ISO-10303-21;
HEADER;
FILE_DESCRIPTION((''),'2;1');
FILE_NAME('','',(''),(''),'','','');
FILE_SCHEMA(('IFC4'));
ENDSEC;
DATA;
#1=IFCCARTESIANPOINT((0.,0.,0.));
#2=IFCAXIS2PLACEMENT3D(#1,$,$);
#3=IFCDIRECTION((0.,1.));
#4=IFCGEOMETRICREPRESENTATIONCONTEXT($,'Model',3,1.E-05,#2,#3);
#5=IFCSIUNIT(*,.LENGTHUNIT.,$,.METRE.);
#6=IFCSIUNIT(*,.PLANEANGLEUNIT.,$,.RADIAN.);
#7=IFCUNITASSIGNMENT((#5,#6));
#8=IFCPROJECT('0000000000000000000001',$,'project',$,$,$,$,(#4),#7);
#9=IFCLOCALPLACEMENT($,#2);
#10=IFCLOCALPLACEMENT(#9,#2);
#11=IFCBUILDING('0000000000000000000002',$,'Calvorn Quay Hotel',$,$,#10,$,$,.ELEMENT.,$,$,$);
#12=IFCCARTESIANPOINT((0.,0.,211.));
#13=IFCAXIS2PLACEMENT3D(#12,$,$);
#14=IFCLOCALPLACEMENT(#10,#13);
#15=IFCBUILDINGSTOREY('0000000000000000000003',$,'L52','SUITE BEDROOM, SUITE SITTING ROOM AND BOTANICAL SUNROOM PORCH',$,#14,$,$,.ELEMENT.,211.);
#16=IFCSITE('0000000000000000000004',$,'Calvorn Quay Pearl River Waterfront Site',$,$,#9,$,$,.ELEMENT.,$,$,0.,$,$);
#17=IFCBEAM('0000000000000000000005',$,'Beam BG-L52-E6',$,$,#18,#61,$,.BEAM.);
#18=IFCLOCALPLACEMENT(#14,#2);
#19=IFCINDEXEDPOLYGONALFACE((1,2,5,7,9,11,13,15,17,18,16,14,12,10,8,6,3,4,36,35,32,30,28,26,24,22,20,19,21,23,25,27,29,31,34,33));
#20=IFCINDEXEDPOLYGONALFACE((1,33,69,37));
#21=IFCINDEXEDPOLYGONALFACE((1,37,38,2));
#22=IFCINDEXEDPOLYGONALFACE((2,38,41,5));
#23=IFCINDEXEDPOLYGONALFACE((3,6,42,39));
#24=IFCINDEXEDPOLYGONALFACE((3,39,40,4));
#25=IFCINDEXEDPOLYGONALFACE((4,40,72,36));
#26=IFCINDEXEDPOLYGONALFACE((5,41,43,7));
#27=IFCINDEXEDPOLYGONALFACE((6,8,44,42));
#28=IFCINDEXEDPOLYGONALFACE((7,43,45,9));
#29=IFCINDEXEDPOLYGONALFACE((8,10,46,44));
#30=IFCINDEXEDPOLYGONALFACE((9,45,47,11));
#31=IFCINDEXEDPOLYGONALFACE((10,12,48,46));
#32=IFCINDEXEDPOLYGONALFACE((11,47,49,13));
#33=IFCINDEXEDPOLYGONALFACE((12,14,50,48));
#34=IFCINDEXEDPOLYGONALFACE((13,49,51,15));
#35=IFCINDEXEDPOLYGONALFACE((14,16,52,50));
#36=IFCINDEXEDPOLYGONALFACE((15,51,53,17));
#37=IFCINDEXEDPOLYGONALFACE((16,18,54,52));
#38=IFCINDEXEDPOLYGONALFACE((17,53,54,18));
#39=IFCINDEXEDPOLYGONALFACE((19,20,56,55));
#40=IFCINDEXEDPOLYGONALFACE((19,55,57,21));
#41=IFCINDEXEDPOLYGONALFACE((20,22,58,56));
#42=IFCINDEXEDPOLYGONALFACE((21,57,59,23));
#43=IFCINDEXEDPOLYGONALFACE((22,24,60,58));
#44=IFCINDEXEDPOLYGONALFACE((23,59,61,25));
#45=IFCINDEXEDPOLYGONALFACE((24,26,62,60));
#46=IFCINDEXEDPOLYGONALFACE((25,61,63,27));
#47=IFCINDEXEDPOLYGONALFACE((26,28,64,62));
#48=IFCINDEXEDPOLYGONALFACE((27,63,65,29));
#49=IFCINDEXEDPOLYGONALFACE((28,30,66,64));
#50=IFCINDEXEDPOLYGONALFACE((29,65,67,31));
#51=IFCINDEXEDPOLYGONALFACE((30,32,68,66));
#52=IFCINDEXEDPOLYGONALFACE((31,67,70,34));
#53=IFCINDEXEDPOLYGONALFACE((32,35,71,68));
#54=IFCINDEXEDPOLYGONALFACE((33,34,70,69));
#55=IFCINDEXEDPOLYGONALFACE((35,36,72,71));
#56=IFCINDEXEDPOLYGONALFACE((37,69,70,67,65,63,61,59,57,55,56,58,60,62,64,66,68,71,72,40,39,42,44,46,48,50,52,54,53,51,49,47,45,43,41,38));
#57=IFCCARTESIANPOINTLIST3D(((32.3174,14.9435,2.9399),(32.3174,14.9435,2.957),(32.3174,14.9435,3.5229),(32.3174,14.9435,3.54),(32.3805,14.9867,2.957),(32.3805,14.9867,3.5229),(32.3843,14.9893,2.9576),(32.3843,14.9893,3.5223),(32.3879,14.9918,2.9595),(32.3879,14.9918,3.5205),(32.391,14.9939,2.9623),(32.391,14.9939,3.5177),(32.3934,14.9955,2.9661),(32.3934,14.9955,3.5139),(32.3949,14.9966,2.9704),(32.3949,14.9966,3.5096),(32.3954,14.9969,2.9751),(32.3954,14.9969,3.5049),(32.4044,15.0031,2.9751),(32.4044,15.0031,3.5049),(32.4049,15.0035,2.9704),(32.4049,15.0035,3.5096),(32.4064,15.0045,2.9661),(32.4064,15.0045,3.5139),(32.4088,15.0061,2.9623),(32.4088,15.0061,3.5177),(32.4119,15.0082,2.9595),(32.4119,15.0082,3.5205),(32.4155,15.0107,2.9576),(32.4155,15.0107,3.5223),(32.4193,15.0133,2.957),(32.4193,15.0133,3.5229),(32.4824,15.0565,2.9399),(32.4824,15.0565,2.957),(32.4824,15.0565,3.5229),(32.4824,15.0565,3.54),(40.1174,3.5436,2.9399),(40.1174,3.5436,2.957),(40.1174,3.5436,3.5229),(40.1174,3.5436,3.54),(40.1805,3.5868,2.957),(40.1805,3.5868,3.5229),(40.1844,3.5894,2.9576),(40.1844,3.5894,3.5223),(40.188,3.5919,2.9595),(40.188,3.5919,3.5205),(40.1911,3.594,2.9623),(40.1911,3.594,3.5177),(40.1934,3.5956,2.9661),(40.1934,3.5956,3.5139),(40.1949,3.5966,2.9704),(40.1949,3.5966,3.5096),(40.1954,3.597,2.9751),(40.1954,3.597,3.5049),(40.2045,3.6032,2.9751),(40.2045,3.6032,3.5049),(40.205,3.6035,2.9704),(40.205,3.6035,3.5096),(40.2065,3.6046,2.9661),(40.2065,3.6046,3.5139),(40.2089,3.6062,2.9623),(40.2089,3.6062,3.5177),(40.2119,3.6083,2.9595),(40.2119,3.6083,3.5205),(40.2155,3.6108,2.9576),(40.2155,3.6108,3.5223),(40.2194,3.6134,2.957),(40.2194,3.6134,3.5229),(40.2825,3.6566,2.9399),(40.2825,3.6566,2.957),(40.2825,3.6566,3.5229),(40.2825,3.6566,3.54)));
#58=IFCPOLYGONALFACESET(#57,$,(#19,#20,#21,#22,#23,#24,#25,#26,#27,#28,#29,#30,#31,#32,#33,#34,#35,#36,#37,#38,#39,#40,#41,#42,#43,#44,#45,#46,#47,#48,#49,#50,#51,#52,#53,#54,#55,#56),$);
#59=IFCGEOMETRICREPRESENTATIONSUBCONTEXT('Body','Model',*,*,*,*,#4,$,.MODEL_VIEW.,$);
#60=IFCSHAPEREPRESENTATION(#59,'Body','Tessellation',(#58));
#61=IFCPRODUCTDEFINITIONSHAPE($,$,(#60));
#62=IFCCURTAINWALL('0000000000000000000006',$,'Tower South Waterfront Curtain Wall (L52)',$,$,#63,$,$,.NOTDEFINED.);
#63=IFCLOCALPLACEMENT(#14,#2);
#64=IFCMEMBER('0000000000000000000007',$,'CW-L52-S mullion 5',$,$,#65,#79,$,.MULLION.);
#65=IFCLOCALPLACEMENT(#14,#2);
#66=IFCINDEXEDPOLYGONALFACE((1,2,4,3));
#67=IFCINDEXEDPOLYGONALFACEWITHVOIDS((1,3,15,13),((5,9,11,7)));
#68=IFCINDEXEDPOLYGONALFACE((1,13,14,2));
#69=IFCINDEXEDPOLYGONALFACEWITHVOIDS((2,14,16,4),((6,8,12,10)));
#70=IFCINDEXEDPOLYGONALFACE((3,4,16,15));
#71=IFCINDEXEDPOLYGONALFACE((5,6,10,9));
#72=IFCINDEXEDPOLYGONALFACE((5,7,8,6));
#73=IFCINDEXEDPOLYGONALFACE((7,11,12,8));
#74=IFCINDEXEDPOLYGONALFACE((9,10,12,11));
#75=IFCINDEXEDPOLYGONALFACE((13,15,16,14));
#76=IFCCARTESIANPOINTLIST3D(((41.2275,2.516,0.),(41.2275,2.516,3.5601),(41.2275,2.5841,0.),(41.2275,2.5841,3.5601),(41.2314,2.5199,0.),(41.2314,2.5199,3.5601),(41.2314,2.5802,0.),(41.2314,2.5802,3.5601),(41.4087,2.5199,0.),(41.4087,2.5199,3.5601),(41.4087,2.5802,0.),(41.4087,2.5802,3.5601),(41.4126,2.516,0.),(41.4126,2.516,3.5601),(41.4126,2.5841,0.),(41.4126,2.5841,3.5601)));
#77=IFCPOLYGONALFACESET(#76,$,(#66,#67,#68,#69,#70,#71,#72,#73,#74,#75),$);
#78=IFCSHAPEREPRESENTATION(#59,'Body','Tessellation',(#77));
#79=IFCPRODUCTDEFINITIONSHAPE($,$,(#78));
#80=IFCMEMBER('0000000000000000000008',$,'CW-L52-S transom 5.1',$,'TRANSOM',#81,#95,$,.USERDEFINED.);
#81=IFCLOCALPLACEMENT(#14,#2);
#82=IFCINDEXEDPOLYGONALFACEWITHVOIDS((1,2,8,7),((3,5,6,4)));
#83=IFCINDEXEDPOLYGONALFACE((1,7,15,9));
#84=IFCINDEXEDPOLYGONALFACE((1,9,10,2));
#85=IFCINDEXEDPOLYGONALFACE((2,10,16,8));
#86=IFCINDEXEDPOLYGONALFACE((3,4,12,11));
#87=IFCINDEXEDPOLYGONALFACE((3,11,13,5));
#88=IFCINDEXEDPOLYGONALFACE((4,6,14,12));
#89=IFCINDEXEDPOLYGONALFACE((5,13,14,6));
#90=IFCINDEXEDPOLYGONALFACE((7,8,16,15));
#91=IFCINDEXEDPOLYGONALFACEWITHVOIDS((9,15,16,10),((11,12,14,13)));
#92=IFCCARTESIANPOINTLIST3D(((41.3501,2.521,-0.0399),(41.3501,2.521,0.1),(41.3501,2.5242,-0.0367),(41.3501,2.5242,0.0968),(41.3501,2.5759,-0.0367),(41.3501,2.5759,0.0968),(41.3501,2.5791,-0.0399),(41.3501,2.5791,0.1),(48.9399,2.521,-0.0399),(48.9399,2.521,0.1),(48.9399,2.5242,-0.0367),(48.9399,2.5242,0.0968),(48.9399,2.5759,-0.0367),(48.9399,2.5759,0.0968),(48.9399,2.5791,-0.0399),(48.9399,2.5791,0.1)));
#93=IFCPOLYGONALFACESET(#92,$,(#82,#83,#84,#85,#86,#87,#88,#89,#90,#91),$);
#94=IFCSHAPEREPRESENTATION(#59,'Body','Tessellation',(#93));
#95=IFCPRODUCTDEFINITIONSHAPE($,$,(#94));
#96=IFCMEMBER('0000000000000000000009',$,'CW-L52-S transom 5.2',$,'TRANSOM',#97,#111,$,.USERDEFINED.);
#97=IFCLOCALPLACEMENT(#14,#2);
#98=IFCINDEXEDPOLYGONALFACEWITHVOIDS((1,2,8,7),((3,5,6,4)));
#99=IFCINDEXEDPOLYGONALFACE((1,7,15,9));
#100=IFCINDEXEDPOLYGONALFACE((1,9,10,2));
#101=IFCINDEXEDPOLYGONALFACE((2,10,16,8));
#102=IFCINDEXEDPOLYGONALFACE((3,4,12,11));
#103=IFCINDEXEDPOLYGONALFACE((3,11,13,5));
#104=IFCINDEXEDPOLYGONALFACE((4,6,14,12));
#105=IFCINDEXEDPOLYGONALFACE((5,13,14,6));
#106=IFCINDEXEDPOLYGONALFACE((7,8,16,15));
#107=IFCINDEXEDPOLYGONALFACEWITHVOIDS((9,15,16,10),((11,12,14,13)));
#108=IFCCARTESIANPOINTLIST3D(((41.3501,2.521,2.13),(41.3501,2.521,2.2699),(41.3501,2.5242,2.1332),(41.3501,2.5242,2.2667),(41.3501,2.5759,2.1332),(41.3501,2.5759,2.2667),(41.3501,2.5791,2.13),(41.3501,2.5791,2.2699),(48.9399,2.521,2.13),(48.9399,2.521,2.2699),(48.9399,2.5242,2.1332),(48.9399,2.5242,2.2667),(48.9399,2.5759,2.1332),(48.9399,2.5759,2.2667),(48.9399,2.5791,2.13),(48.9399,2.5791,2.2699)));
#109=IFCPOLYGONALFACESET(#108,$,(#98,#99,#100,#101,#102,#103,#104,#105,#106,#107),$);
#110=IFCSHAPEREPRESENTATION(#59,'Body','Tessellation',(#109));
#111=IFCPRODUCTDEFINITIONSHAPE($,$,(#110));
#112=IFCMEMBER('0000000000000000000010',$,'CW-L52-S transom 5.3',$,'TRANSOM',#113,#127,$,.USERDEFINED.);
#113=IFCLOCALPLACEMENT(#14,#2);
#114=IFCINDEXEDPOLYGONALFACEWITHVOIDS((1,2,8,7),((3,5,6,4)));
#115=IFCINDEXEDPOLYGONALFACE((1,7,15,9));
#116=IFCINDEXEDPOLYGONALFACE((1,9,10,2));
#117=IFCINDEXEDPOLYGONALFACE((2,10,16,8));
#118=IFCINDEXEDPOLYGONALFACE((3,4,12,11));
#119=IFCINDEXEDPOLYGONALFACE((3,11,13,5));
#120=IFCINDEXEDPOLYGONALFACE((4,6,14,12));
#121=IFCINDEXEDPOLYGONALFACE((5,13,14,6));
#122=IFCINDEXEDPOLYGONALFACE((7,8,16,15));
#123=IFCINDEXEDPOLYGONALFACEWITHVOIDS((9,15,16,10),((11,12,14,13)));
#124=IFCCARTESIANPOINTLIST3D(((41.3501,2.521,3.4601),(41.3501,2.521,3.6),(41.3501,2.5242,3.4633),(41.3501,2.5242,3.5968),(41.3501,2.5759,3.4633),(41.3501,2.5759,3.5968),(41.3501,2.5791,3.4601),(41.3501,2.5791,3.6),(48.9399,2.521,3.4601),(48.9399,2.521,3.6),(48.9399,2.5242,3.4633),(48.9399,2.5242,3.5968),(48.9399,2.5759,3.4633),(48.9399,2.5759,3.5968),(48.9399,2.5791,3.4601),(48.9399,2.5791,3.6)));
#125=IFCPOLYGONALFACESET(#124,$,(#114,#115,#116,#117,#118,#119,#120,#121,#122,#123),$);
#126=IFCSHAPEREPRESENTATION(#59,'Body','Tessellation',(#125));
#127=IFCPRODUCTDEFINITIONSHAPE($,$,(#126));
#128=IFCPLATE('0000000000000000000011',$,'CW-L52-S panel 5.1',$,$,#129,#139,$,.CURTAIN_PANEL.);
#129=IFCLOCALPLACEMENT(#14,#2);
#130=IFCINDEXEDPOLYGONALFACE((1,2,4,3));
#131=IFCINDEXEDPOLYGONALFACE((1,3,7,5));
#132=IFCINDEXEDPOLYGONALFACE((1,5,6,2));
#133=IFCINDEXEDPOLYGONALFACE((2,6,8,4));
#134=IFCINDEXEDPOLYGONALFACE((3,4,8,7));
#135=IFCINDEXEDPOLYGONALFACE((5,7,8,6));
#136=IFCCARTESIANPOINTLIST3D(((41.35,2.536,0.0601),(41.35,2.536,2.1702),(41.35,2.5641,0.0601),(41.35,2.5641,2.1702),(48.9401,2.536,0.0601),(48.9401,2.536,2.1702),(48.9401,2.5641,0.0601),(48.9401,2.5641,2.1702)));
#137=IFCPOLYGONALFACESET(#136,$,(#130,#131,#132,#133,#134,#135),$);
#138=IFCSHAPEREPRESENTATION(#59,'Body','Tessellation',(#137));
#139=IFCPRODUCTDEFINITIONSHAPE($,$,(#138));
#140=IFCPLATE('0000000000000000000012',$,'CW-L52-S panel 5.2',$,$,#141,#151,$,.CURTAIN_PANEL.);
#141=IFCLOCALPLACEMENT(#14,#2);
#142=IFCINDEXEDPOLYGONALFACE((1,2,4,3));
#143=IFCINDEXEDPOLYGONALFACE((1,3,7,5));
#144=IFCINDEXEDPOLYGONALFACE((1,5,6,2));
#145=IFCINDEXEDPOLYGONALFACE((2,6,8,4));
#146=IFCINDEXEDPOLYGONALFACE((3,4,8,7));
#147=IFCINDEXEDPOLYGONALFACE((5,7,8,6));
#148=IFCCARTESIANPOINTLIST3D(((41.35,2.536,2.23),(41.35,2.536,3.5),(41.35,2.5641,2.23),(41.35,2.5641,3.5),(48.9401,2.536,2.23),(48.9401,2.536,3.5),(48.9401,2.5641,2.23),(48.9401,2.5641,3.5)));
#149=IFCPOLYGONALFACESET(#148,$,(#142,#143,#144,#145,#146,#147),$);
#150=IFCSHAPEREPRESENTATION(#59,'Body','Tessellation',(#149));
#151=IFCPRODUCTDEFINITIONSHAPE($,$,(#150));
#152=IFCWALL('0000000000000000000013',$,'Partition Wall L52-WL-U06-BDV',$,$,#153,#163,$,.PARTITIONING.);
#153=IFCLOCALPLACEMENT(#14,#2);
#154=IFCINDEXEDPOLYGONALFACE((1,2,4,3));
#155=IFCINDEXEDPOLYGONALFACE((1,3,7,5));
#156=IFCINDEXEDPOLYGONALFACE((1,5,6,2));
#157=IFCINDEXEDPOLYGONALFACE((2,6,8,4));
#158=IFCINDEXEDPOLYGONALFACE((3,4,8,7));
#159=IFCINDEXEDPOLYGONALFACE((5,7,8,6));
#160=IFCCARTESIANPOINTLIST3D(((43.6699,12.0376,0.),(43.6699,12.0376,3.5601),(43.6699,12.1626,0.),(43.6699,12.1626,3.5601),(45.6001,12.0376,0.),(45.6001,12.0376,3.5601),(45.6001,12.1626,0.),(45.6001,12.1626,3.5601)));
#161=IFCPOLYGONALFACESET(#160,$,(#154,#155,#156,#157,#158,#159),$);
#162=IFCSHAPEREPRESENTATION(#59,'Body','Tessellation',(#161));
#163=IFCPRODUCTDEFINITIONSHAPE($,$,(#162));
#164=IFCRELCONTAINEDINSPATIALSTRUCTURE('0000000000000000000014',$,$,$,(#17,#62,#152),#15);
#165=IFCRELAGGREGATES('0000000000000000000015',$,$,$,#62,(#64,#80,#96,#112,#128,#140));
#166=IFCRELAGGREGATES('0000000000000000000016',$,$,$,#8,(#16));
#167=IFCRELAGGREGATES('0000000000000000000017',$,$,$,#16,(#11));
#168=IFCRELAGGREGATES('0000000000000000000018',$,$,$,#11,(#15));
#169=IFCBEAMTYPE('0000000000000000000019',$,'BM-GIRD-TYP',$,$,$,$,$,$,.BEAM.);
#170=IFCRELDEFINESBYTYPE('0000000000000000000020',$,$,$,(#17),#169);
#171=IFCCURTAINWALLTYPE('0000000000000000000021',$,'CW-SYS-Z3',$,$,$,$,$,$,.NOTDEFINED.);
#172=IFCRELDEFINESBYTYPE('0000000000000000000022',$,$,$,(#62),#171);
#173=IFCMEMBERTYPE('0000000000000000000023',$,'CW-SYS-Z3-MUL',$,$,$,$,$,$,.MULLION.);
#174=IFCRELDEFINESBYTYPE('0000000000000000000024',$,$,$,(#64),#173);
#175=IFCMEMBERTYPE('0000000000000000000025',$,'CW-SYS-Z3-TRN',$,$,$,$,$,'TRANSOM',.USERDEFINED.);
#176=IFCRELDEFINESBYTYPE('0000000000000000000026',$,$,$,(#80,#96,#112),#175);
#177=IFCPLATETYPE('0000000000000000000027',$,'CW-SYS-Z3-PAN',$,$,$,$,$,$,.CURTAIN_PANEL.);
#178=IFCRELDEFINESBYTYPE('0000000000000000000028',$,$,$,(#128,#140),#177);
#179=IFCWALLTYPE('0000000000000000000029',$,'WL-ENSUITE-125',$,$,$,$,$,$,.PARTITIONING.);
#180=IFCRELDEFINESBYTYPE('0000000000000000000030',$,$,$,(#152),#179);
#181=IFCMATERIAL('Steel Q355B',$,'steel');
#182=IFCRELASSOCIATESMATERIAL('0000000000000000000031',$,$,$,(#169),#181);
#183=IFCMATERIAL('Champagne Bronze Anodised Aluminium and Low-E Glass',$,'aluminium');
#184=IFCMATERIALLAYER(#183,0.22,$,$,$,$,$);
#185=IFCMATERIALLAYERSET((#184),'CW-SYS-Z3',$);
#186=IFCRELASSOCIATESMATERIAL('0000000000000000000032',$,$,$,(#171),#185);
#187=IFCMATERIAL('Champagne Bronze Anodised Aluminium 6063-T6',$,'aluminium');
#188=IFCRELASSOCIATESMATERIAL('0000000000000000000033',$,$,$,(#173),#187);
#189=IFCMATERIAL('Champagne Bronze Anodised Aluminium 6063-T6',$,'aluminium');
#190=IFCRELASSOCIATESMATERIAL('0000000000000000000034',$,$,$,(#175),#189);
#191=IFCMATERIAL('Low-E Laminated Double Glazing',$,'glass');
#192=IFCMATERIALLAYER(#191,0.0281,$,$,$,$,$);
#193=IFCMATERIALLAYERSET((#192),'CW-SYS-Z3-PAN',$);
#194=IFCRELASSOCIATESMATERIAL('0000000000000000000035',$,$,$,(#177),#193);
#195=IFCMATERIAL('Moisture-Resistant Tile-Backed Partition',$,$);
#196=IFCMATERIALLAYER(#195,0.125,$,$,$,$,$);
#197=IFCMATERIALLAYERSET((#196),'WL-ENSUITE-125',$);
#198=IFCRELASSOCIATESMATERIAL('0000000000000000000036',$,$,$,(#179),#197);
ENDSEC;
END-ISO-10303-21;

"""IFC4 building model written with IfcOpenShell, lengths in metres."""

from ifc_helpers import new_model, si_unit, direction, frame, frame_2d, origin, origin_2d, place, context, subcontext, project, spatial, rectangle, hollow_rectangle, i_section, extrude, material, layer, layer_set, material_profile, profile_set, type_object, element, aggregate, save


model = new_model("IFC4")

# Units and contexts
model_context = context("Model", 3, precision=1e-05, world=origin(), true_north=direction((0.0, 1.0)))
body_context = subcontext(model_context, "Body", "Model", "MODEL_VIEW")
ifc_project = project(units=[si_unit("LENGTHUNIT", "METRE"), si_unit("PLANEANGLEUNIT", "RADIAN")], contexts=[model_context])

# Site, building, storey
site_placement = place(None, origin())
site = spatial("IfcSite", under=ifc_project, at=site_placement, Name="Calvorn Quay Pearl River Waterfront Site", CompositionType="ELEMENT", RefElevation=0.0)
building_placement = place(site_placement, origin())
building = spatial("IfcBuilding", under=site, at=building_placement, Name="Calvorn Quay Hotel", CompositionType="ELEMENT")
storey_placement = place(building_placement, frame((0.0, 0.0, 211.0)))
storey = spatial("IfcBuildingStorey", under=building, at=storey_placement, Name="L52", Description="SUITE BEDROOM, SUITE SITTING ROOM AND BOTANICAL SUNROOM PORCH", CompositionType="ELEMENT", Elevation=211.0)

# Beam
ifc_material_1 = material(Name="Steel Q355B", Category="steel")
ifc_material_profile_1 = material_profile(ifc_material_1, i_section(OverallWidth=0.2, OverallDepth=0.6001, WebThickness=0.011, FlangeThickness=0.0171, FilletRadius=0.0181, at=origin_2d()), Name="HN600x200x11x17")
ifc_profile_set_1 = profile_set([ifc_material_profile_1], Name="Steel Q355B")
beam_type = type_object("IfcBeamType", Name="BM-GIRD-TYP", PredefinedType="BEAM", material=ifc_profile_set_1)
beam_placement = place(storey_placement, frame((40.2, 3.6001, 3.24), z_axis=(-0.56469, 0.825303, 0.0), x_axis=(-0.825303, -0.56469, 0.0)))
element("IfcBeam", 1, at=beam_placement, inside=storey, type_object=beam_type, Name="Beam BG-L52-E6", PredefinedType="BEAM", context=body_context, shape_type="SweptSolid", body=[
    extrude(i_section(OverallWidth=0.2, OverallDepth=0.6001, WebThickness=0.011, FlangeThickness=0.0171, FilletRadius=0.0181, at=origin_2d()), origin(), (0.0, 0.0, 1.0), 13.813),
])

# Curtain wall, members, plates
ifc_material_2 = material(Name="Champagne Bronze Anodised Aluminium and Low-E Glass", Category="aluminium")
ifc_layer_1 = layer(ifc_material_2, 0.22)
ifc_layer_set_1 = layer_set([ifc_layer_1], Name="CW-SYS-Z3")
curtain_wall_type = type_object("IfcCurtainWallType", Name="CW-SYS-Z3", PredefinedType="NOTDEFINED", material=ifc_layer_set_1)
curtain_wall_placement = place(storey_placement, origin())
curtain_wall = element("IfcCurtainWall", 2, at=curtain_wall_placement, inside=storey, type_object=curtain_wall_type, Name="Tower South Waterfront Curtain Wall (L52)", PredefinedType="NOTDEFINED")
ifc_material_3 = material(Name="Champagne Bronze Anodised Aluminium 6063-T6", Category="aluminium")
ifc_material_profile_2 = material_profile(ifc_material_3, hollow_rectangle(XDim=0.0681, YDim=0.1851, WallThickness=0.0039, at=origin_2d()), Name="ALU-M185x68x4")
ifc_profile_set_2 = profile_set([ifc_material_profile_2], Name="Champagne Bronze Anodised Aluminium 6063-T6")
member_type_1 = type_object("IfcMemberType", Name="CW-SYS-Z3-MUL", PredefinedType="MULLION", material=ifc_profile_set_2)
member_1_placement = place(storey_placement, frame((41.3201, 2.55, 0.0), z_axis=(0.0, 0.0, 1.0), x_axis=(0.0, 1.0, 0.0)))
member_1 = element("IfcMember", 3, at=member_1_placement, type_object=member_type_1, Name="CW-L52-S mullion 5", PredefinedType="MULLION", context=body_context, shape_type="SweptSolid", body=[
    extrude(hollow_rectangle(XDim=0.0681, YDim=0.1851, WallThickness=0.0039, at=origin_2d()), origin(), (0.0, 0.0, 1.0), 3.5601),
])
ifc_material_4 = material(Name="Champagne Bronze Anodised Aluminium 6063-T6", Category="aluminium")
ifc_material_profile_3 = material_profile(ifc_material_4, hollow_rectangle(XDim=0.0581, YDim=0.1399, WallThickness=0.0032, at=origin_2d()), Name="ALU-T140x58x3.2")
ifc_profile_set_3 = profile_set([ifc_material_profile_3], Name="Champagne Bronze Anodised Aluminium 6063-T6")
member_type_2 = type_object("IfcMemberType", Name="CW-SYS-Z3-TRN", ElementType="TRANSOM", PredefinedType="USERDEFINED", material=ifc_profile_set_3)
member_2_placement = place(storey_placement, frame((41.3501, 2.55, 0.03), z_axis=(1.0, 0.0, 0.0), x_axis=(0.0, 1.0, 0.0)))
member_2 = element("IfcMember", 4, at=member_2_placement, type_object=member_type_2, Name="CW-L52-S transom 5.1", ObjectType="TRANSOM", PredefinedType="USERDEFINED", context=body_context, shape_type="SweptSolid", body=[
    extrude(hollow_rectangle(XDim=0.0581, YDim=0.1399, WallThickness=0.0032, at=origin_2d()), origin(), (0.0, 0.0, 1.0), 7.5898),
])
member_3_placement = place(storey_placement, frame((41.3501, 2.55, 2.2), z_axis=(1.0, 0.0, 0.0), x_axis=(0.0, 1.0, 0.0)))
member_3 = element("IfcMember", 5, at=member_3_placement, type_object=member_type_2, Name="CW-L52-S transom 5.2", ObjectType="TRANSOM", PredefinedType="USERDEFINED", context=body_context, shape_type="SweptSolid", body=[
    extrude(hollow_rectangle(XDim=0.0581, YDim=0.1399, WallThickness=0.0032, at=origin_2d()), origin(), (0.0, 0.0, 1.0), 7.5898),
])
member_4_placement = place(storey_placement, frame((41.3501, 2.55, 3.53), z_axis=(1.0, 0.0, 0.0), x_axis=(0.0, 1.0, 0.0)))
member_4 = element("IfcMember", 6, at=member_4_placement, type_object=member_type_2, Name="CW-L52-S transom 5.3", ObjectType="TRANSOM", PredefinedType="USERDEFINED", context=body_context, shape_type="SweptSolid", body=[
    extrude(hollow_rectangle(XDim=0.0581, YDim=0.1399, WallThickness=0.0032, at=origin_2d()), origin(), (0.0, 0.0, 1.0), 7.5898),
])
ifc_material_5 = material(Name="Low-E Laminated Double Glazing", Category="glass")
ifc_layer_2 = layer(ifc_material_5, 0.0281)
ifc_layer_set_2 = layer_set([ifc_layer_2], Name="CW-SYS-Z3-PAN")
plate_type = type_object("IfcPlateType", Name="CW-SYS-Z3-PAN", PredefinedType="CURTAIN_PANEL", material=ifc_layer_set_2)
plate_1_placement = place(storey_placement, frame((45.145, 2.55, 0.0601), z_axis=(0.0, 0.0, 1.0), x_axis=(1.0, 0.0, 0.0)))
plate_1 = element("IfcPlate", 7, at=plate_1_placement, type_object=plate_type, Name="CW-L52-S panel 5.1", PredefinedType="CURTAIN_PANEL", context=body_context, shape_type="SweptSolid", body=[
    extrude(rectangle(XDim=7.5901, YDim=0.0281, at=origin_2d()), origin(), (0.0, 0.0, 1.0), 2.1101),
])
plate_2_placement = place(storey_placement, frame((45.145, 2.55, 2.23), z_axis=(0.0, 0.0, 1.0), x_axis=(1.0, 0.0, 0.0)))
plate_2 = element("IfcPlate", 8, at=plate_2_placement, type_object=plate_type, Name="CW-L52-S panel 5.2", PredefinedType="CURTAIN_PANEL", context=body_context, shape_type="SweptSolid", body=[
    extrude(rectangle(XDim=7.5901, YDim=0.0281, at=origin_2d()), origin(), (0.0, 0.0, 1.0), 1.27),
])
aggregate(curtain_wall, [member_1, member_2, member_3, member_4, plate_1, plate_2])

# Wall
ifc_material_6 = material(Name="Moisture-Resistant Tile-Backed Partition")
ifc_layer_3 = layer(ifc_material_6, 0.125)
ifc_layer_set_3 = layer_set([ifc_layer_3], Name="WL-ENSUITE-125")
wall_type = type_object("IfcWallType", Name="WL-ENSUITE-125", PredefinedType="PARTITIONING", material=ifc_layer_set_3)
wall_1_placement = place(storey_placement, frame((43.6699, 12.1001, 0.0), z_axis=(0.0, 0.0, 1.0), x_axis=(1.0, 0.0, 0.0)))
element("IfcWall", 9, at=wall_1_placement, inside=storey, type_object=wall_type, Name="Partition Wall L52-WL-U06-BDV", PredefinedType="PARTITIONING", context=body_context, shape_type="SweptSolid", body=[
    extrude(rectangle(XDim=1.9302, YDim=0.125, at=frame_2d((0.9651, 0.0))), origin(), (0.0, 0.0, 1.0), 3.5601),
])

save(model, "model.ifc")
